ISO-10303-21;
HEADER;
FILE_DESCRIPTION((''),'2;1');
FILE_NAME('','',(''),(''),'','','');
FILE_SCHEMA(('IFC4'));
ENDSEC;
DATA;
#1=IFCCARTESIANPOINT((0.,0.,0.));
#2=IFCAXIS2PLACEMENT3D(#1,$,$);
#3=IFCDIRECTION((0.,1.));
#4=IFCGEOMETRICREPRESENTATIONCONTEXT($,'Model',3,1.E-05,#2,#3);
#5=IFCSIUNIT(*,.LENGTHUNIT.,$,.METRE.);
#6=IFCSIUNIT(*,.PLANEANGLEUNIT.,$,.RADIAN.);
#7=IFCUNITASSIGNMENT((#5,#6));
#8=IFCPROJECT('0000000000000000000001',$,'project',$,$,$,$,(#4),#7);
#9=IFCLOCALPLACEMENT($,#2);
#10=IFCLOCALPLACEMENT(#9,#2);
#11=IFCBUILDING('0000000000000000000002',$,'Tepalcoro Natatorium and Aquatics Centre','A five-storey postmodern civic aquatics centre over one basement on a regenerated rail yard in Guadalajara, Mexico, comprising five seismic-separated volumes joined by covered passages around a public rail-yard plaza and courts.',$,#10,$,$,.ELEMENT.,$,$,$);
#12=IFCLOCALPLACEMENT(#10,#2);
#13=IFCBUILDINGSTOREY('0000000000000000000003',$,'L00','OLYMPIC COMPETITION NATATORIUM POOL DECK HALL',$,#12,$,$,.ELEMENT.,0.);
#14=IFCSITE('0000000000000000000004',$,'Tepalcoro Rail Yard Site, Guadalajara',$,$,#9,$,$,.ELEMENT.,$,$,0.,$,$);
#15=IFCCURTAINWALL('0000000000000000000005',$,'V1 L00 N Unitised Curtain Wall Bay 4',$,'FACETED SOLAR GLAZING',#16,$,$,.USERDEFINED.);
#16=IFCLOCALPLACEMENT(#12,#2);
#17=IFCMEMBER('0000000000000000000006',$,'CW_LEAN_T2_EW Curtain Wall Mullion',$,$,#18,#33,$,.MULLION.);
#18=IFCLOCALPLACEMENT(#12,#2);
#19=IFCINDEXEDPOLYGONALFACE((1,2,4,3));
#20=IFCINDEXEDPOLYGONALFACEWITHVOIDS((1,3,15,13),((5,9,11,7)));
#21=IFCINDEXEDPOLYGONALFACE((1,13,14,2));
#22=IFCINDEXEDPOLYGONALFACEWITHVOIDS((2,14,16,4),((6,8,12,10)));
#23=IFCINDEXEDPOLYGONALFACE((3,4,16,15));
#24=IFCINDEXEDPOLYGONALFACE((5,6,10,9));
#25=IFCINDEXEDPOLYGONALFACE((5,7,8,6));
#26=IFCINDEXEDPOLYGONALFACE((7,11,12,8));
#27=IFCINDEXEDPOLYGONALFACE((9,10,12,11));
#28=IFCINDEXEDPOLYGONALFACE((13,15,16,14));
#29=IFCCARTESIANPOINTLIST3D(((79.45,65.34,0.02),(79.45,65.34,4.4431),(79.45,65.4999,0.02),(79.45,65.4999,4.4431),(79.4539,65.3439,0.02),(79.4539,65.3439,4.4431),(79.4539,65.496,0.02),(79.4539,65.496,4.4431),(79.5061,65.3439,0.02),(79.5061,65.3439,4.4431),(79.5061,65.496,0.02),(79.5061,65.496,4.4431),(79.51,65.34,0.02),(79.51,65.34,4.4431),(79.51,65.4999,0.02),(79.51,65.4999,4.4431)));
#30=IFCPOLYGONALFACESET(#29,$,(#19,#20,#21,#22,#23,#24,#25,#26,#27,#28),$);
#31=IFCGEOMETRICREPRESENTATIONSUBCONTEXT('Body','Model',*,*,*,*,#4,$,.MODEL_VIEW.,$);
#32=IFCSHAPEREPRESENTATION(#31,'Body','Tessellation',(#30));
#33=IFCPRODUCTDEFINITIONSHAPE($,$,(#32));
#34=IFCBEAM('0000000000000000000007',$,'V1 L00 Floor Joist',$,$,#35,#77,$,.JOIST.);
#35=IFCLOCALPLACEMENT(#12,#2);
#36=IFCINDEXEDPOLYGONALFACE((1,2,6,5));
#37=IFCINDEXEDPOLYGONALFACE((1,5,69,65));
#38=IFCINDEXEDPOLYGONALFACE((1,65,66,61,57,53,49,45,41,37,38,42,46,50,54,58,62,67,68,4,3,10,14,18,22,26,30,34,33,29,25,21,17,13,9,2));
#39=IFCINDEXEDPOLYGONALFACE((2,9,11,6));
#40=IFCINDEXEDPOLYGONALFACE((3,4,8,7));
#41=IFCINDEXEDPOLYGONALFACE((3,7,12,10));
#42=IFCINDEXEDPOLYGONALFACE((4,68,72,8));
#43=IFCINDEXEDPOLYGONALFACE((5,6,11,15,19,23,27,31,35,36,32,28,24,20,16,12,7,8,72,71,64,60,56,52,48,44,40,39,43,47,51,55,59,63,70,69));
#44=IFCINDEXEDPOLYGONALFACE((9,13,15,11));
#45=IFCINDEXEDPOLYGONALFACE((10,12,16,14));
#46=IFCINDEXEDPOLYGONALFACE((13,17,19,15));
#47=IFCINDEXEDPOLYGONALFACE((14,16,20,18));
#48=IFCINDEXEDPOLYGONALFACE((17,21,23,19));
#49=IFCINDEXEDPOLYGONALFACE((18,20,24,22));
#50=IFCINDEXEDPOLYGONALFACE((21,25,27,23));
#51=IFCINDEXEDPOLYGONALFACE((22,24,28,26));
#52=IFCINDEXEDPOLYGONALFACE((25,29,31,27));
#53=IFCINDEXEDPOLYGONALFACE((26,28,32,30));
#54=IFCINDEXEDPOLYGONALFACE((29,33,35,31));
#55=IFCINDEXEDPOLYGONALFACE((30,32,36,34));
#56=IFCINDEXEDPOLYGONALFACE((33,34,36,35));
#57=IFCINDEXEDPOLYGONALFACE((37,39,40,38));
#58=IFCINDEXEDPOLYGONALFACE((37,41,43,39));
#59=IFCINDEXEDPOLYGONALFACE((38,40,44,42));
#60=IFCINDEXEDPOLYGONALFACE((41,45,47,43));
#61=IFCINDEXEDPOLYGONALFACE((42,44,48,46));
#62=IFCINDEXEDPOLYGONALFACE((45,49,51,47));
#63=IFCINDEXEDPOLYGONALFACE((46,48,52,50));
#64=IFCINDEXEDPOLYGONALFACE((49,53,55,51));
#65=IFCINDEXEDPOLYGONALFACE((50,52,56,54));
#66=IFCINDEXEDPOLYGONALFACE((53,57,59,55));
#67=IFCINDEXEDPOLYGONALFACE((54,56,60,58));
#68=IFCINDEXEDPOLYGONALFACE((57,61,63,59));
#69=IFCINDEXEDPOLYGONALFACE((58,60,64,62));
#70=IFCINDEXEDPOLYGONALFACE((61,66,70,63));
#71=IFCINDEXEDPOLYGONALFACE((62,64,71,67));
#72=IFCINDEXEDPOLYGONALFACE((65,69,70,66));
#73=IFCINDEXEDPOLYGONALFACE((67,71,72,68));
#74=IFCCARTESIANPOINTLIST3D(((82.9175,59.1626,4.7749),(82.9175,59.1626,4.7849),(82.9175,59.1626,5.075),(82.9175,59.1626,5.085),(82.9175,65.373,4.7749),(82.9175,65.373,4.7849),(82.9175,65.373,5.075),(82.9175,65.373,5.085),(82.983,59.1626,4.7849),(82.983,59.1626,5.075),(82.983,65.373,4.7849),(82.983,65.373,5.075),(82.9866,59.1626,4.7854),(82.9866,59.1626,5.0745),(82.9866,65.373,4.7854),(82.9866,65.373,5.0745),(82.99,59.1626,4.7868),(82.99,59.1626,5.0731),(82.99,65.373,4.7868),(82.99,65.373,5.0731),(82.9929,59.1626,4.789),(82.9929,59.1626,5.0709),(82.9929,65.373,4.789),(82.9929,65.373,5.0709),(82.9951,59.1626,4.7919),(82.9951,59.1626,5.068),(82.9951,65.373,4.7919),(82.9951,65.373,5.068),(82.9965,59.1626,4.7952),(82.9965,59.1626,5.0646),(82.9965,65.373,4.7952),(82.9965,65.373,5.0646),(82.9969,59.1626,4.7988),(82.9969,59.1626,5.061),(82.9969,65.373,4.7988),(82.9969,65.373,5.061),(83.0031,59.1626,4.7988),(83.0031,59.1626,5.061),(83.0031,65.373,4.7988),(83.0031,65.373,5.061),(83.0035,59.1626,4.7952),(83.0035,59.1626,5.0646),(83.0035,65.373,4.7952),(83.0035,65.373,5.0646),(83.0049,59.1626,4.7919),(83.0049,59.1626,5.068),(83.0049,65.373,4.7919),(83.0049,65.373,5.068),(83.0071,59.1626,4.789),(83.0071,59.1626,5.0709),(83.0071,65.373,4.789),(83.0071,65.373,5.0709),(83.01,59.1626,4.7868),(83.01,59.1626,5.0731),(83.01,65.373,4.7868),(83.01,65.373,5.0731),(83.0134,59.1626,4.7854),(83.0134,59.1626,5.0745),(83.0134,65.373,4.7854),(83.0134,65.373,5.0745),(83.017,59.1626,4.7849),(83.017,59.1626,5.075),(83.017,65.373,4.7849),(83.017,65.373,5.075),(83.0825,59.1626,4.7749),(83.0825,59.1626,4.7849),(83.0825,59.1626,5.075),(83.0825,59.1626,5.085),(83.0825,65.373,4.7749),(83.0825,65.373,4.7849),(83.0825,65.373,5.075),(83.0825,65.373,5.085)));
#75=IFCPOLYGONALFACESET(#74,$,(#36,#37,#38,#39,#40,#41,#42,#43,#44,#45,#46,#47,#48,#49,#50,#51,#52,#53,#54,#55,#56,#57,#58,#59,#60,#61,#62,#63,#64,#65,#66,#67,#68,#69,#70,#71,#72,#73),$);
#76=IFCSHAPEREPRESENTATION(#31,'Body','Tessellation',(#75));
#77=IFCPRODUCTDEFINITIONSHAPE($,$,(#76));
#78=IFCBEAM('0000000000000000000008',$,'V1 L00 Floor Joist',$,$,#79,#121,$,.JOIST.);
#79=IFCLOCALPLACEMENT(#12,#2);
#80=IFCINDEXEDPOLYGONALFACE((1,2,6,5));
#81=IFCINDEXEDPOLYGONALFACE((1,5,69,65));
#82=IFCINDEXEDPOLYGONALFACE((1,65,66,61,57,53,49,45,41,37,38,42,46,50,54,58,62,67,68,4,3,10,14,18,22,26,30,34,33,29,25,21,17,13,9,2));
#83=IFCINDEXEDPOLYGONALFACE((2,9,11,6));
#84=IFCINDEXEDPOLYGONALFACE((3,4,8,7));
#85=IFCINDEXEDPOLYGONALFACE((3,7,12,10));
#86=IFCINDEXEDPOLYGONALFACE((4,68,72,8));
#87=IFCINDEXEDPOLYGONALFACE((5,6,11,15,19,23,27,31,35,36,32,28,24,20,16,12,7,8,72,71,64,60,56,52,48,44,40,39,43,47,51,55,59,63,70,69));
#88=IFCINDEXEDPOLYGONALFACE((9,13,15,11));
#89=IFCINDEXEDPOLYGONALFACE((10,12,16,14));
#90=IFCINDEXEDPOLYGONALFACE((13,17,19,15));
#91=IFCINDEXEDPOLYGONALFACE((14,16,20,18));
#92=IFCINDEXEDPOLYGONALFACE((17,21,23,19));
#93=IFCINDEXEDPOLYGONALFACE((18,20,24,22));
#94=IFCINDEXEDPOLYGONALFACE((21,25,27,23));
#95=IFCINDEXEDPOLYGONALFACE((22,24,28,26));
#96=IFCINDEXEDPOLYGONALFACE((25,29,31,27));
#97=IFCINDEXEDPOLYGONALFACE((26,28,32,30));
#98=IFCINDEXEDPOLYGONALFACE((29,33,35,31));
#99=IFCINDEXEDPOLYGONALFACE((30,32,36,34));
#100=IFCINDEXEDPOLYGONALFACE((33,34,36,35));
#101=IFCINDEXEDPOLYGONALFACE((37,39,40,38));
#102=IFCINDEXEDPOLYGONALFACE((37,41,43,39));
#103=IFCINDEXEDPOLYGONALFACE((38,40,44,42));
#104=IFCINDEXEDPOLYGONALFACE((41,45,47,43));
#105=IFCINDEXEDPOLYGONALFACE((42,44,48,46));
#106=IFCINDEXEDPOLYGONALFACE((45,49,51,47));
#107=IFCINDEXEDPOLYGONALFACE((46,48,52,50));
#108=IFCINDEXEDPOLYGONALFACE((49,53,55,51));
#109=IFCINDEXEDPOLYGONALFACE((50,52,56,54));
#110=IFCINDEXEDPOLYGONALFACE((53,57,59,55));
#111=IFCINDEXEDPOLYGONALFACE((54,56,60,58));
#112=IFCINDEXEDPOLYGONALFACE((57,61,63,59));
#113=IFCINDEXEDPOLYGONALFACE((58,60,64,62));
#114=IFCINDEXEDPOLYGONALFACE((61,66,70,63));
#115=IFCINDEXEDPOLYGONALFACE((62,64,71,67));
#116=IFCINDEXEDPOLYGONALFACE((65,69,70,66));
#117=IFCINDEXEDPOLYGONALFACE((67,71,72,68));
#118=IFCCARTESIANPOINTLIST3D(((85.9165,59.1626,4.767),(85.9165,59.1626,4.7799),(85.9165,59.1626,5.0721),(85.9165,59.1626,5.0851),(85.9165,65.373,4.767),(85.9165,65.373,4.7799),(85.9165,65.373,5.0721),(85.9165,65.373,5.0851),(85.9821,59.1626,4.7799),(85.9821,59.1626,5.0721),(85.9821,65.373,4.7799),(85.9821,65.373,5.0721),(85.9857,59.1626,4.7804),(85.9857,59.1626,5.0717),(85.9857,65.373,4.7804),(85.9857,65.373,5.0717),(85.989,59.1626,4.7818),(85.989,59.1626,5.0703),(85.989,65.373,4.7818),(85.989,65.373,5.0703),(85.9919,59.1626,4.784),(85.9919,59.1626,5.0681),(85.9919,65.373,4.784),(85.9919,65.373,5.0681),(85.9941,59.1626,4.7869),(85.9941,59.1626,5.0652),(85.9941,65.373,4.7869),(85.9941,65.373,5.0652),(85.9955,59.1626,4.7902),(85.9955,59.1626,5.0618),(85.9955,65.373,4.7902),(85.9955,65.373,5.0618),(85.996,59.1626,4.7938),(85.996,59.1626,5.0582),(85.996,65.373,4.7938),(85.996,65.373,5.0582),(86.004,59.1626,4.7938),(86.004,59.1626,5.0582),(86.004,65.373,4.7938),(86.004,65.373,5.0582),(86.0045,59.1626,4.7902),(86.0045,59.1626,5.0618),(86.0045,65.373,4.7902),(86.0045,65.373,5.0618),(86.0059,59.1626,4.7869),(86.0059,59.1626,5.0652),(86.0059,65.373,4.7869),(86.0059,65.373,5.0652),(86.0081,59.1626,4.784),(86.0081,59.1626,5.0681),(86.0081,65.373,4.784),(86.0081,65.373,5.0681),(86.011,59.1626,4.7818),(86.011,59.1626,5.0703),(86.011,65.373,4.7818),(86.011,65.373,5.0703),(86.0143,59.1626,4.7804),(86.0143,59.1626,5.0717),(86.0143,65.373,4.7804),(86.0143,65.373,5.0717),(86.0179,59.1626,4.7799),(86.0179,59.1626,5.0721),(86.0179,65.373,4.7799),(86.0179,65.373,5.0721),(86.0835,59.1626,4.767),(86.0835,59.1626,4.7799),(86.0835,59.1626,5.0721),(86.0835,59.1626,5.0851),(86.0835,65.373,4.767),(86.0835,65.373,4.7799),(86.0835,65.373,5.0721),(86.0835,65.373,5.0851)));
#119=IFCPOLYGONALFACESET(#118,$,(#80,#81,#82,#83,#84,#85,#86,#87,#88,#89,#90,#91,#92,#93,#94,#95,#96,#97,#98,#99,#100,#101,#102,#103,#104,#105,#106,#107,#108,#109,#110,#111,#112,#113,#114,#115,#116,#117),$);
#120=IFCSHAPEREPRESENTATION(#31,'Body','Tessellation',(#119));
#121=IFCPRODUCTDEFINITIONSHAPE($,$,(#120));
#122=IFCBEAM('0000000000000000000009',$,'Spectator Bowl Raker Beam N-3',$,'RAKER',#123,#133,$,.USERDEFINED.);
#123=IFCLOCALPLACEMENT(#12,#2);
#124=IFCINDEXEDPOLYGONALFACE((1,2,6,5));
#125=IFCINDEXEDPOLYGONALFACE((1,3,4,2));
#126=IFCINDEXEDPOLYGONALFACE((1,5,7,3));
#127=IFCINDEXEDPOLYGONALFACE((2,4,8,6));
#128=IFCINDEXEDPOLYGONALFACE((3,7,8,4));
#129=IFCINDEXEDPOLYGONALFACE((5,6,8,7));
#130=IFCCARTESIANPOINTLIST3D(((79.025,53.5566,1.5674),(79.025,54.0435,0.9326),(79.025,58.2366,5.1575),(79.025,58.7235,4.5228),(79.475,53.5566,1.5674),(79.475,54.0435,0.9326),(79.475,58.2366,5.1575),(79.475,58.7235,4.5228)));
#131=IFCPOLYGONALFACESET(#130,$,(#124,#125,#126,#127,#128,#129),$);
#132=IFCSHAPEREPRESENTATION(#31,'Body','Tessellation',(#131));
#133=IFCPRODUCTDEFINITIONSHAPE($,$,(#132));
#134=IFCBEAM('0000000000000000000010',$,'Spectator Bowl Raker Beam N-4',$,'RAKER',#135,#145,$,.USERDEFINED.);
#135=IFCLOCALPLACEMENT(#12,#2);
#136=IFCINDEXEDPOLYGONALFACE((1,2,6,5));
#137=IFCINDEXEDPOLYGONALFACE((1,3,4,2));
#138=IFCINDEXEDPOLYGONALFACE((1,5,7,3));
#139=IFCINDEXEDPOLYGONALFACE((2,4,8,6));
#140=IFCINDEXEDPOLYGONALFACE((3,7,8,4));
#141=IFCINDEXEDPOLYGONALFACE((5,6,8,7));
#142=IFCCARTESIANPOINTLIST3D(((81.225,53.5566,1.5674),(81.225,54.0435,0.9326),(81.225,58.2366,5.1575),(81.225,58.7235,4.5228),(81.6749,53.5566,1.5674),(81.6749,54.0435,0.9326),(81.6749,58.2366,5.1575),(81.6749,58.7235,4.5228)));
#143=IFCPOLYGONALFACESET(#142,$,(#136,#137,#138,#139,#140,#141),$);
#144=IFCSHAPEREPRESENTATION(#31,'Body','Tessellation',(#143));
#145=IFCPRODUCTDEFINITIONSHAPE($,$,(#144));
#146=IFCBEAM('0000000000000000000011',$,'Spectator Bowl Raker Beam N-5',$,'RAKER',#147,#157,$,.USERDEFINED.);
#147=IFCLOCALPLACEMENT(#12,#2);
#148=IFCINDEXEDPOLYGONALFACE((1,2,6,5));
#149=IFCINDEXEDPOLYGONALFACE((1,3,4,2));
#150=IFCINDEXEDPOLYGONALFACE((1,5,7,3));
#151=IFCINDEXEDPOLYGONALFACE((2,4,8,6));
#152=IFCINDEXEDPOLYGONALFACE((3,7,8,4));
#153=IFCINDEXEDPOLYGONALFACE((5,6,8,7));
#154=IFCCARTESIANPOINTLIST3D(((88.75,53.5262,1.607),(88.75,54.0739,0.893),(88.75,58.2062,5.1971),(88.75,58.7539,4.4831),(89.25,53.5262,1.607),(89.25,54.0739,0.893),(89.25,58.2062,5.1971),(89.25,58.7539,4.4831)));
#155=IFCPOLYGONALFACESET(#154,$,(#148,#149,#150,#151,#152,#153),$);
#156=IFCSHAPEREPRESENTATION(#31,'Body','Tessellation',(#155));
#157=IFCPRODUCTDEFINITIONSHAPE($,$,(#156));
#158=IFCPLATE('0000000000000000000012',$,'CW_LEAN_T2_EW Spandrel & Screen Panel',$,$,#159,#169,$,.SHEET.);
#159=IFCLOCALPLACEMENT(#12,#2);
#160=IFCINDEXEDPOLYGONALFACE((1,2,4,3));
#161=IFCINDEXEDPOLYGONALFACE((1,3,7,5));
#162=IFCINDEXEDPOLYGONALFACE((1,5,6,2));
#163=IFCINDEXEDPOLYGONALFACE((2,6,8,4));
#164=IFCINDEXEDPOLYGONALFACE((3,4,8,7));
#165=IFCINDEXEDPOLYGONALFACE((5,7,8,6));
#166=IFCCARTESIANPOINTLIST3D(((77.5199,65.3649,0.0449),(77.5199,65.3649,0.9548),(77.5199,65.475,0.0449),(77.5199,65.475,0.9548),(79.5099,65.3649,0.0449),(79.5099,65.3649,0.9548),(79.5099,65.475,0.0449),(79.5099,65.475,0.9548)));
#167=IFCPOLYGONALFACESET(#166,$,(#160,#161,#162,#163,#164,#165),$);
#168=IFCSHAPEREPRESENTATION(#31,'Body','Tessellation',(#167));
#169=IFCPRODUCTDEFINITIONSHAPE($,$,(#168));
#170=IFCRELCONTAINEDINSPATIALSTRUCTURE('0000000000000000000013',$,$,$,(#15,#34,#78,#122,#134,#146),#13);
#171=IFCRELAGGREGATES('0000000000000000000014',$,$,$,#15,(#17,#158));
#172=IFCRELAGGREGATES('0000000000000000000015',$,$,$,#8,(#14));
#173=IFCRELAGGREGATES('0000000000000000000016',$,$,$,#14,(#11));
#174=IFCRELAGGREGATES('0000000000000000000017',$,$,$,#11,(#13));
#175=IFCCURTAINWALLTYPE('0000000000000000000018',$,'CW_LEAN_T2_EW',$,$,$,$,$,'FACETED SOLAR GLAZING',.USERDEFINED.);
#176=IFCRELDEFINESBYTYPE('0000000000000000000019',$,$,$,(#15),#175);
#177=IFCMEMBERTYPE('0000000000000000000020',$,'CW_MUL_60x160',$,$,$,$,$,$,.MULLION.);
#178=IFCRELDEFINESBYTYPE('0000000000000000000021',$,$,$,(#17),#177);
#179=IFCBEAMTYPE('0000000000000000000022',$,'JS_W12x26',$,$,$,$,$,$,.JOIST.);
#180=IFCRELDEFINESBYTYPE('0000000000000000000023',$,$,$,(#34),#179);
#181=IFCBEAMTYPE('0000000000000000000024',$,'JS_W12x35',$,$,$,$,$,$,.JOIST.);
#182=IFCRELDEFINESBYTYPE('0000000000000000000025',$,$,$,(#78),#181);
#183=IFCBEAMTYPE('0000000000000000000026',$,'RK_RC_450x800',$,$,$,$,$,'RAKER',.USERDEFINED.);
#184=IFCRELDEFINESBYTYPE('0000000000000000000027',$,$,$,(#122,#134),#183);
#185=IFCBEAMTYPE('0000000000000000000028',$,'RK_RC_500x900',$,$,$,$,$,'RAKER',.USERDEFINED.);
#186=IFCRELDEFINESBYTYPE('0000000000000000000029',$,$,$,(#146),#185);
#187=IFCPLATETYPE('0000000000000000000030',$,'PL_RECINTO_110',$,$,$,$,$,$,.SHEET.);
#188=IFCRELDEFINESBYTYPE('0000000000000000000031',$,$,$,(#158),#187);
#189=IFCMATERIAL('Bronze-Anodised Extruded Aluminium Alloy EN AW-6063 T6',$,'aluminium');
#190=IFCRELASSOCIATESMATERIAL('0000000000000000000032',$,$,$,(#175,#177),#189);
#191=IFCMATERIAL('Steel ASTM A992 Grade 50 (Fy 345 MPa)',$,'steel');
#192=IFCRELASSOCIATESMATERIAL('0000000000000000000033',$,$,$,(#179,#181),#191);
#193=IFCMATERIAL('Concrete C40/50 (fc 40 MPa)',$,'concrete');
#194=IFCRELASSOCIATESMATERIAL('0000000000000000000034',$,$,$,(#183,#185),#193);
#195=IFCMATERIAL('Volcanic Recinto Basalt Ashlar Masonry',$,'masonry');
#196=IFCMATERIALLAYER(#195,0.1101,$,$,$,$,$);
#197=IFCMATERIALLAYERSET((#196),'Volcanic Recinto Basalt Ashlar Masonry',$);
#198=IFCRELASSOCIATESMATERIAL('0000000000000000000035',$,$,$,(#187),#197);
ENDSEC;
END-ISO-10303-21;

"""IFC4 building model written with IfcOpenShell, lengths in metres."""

from ifc_helpers import new_model, si_unit, direction, frame, origin, origin_2d, place, context, subcontext, project, spatial, rectangle, hollow_rectangle, i_section, extrude, material, layer, layer_set, material_profile, profile_set, type_object, element, aggregate, save


model = new_model("IFC4")

# Units and contexts
model_context = context("Model", 3, precision=1e-05, world=origin(), true_north=direction((0.0, 1.0)))
body_context = subcontext(model_context, "Body", "Model", "MODEL_VIEW")
ifc_project = project(units=[si_unit("LENGTHUNIT", "METRE"), si_unit("PLANEANGLEUNIT", "RADIAN")], contexts=[model_context])

# Site, building, storey
site_placement = place(None, origin())
site = spatial("IfcSite", under=ifc_project, at=site_placement, Name="Tepalcoro Rail Yard Site, Guadalajara", CompositionType="ELEMENT", RefElevation=0.0)
building_placement = place(site_placement, origin())
building = spatial("IfcBuilding", under=site, at=building_placement, Name="Tepalcoro Natatorium and Aquatics Centre", Description="A five-storey postmodern civic aquatics centre over one basement on a regenerated rail yard in Guadalajara, Mexico, comprising five seismic-separated volumes joined by covered passages around a public rail-yard plaza and courts.", CompositionType="ELEMENT")
storey_placement = place(building_placement, origin())
storey = spatial("IfcBuildingStorey", under=building, at=storey_placement, Name="L00", Description="OLYMPIC COMPETITION NATATORIUM POOL DECK HALL", CompositionType="ELEMENT", Elevation=0.0)

# Shared definitions
ifc_material_1 = material(Name="Concrete C40/50 (fc 40 MPa)", Category="concrete")

# Shared definitions
ifc_material_2 = material(Name="Steel ASTM A992 Grade 50 (Fy 345 MPa)", Category="steel")

# Curtain wall, member
ifc_material_3 = material(Name="Bronze-Anodised Extruded Aluminium Alloy EN AW-6063 T6", Category="aluminium")
curtain_wall_type = type_object("IfcCurtainWallType", Name="CW_LEAN_T2_EW", ElementType="FACETED SOLAR GLAZING", PredefinedType="USERDEFINED", material=ifc_material_3)
curtain_wall_placement = place(storey_placement, origin())
curtain_wall = element("IfcCurtainWall", 1, at=curtain_wall_placement, inside=storey, type_object=curtain_wall_type, Name="V1 L00 N Unitised Curtain Wall Bay 4", ObjectType="FACETED SOLAR GLAZING", PredefinedType="USERDEFINED")
ifc_material_profile_1 = material_profile(ifc_material_3, hollow_rectangle(XDim=0.0601, YDim=0.1599, WallThickness=0.0039, at=origin_2d()), Name="AL60X160X4")
ifc_profile_set_1 = profile_set([ifc_material_profile_1], Name="Bronze-Anodised Extruded Aluminium Alloy EN AW-6063 T6")
member_type = type_object("IfcMemberType", Name="CW_MUL_60x160", PredefinedType="MULLION", material=ifc_profile_set_1)
member_placement = place(storey_placement, frame((79.48, 65.4199, 0.02), z_axis=(0.0, 0.0, 1.0), x_axis=(1.0, 0.0, 0.0)))
member = element("IfcMember", 2, at=member_placement, type_object=member_type, Name="CW_LEAN_T2_EW Curtain Wall Mullion", PredefinedType="MULLION", context=body_context, shape_type="SweptSolid", body=[
    extrude(hollow_rectangle(XDim=0.0601, YDim=0.1599, WallThickness=0.0039, at=origin_2d()), origin(), (0.0, 0.0, 1.0), 4.4231),
])

# Beams
ifc_material_profile_2 = material_profile(ifc_material_2, i_section(OverallWidth=0.165, OverallDepth=0.3101, WebThickness=0.0061, FlangeThickness=0.01, FilletRadius=0.0139, at=origin_2d()), Name="W12X26")
ifc_profile_set_2 = profile_set([ifc_material_profile_2], Name="Steel ASTM A992 Grade 50 (Fy 345 MPa)")
beam_type_1 = type_object("IfcBeamType", Name="JS_W12x26", PredefinedType="JOIST", material=ifc_profile_set_2)
beam_1_placement = place(storey_placement, frame((83.0, 59.1626, 4.9299), z_axis=(0.0, 1.0, 0.0), x_axis=(-1.0, 0.0, 0.0)))
element("IfcBeam", 3, at=beam_1_placement, inside=storey, type_object=beam_type_1, Name="V1 L00 Floor Joist", PredefinedType="JOIST", context=body_context, shape_type="SweptSolid", body=[
    extrude(i_section(OverallWidth=0.165, OverallDepth=0.3101, WebThickness=0.0061, FlangeThickness=0.01, FilletRadius=0.0139, at=origin_2d()), origin(), (0.0, 0.0, 1.0), 6.2104),
])
ifc_material_profile_3 = material_profile(ifc_material_2, i_section(OverallWidth=0.167, OverallDepth=0.3181, WebThickness=0.0081, FlangeThickness=0.0129, FilletRadius=0.0139, at=origin_2d()), Name="W12X35")
ifc_profile_set_3 = profile_set([ifc_material_profile_3], Name="Steel ASTM A992 Grade 50 (Fy 345 MPa)")
beam_type_2 = type_object("IfcBeamType", Name="JS_W12x35", PredefinedType="JOIST", material=ifc_profile_set_3)
beam_2_placement = place(storey_placement, frame((86.0, 59.1626, 4.926), z_axis=(0.0, 1.0, 0.0), x_axis=(-1.0, 0.0, 0.0)))
element("IfcBeam", 4, at=beam_2_placement, inside=storey, type_object=beam_type_2, Name="V1 L00 Floor Joist", PredefinedType="JOIST", context=body_context, shape_type="SweptSolid", body=[
    extrude(i_section(OverallWidth=0.167, OverallDepth=0.3181, WebThickness=0.0081, FlangeThickness=0.0129, FilletRadius=0.0139, at=origin_2d()), origin(), (0.0, 0.0, 1.0), 6.2104),
])
ifc_material_profile_4 = material_profile(ifc_material_1, rectangle(XDim=0.45, YDim=0.8, at=origin_2d()), Name="RKR450x800")
ifc_profile_set_4 = profile_set([ifc_material_profile_4], Name="Concrete C40/50 (fc 40 MPa)")
beam_type_3 = type_object("IfcBeamType", Name="RK_RC_450x800", ElementType="RAKER", PredefinedType="USERDEFINED", material=ifc_profile_set_4)
for number, where, z_axis, x_axis, name in (
    (5, (79.25, 53.8, 1.25), (0.0, 0.793431, 0.60866), (-1.0, 0.0, 0.0), "Spectator Bowl Raker Beam N-3"),
    (6, (81.45, 53.8, 1.25), (0.0, 0.793431, 0.60866), (-1.0, 0.0, 0.0), "Spectator Bowl Raker Beam N-4"),
):
    element("IfcBeam", number, at=place(storey_placement, frame(where, z_axis=z_axis, x_axis=x_axis)), inside=storey, type_object=beam_type_3, Name=name, ObjectType="RAKER", PredefinedType="USERDEFINED", context=body_context, shape_type="SweptSolid", body=[
        extrude(rectangle(XDim=0.45, YDim=0.8, at=origin_2d()), origin(), (0.0, 0.0, 1.0), 5.8984),
    ])
ifc_material_profile_5 = material_profile(ifc_material_1, rectangle(XDim=0.5, YDim=0.8999, at=origin_2d()), Name="RKR500x900")
ifc_profile_set_5 = profile_set([ifc_material_profile_5], Name="Concrete C40/50 (fc 40 MPa)")
beam_type_4 = type_object("IfcBeamType", Name="RK_RC_500x900", ElementType="RAKER", PredefinedType="USERDEFINED", material=ifc_profile_set_5)
beam_3_placement = place(storey_placement, frame((89.0, 53.8, 1.25), z_axis=(0.0, 0.793431, 0.60866), x_axis=(-1.0, 0.0, 0.0)))
element("IfcBeam", 7, at=beam_3_placement, inside=storey, type_object=beam_type_4, Name="Spectator Bowl Raker Beam N-5", ObjectType="RAKER", PredefinedType="USERDEFINED", context=body_context, shape_type="SweptSolid", body=[
    extrude(rectangle(XDim=0.5, YDim=0.8999, at=origin_2d()), origin(), (0.0, 0.0, 1.0), 5.8984),
])

# Plate
ifc_material_4 = material(Name="Volcanic Recinto Basalt Ashlar Masonry", Category="masonry")
ifc_layer_1 = layer(ifc_material_4, 0.1101)
ifc_layer_set_1 = layer_set([ifc_layer_1], Name="Volcanic Recinto Basalt Ashlar Masonry")
plate_type = type_object("IfcPlateType", Name="PL_RECINTO_110", PredefinedType="SHEET", material=ifc_layer_set_1)
plate_placement = place(storey_placement, frame((78.5149, 65.4199, 0.0449), z_axis=(0.0, 0.0, 1.0), x_axis=(1.0, 0.0, 0.0)))
plate = element("IfcPlate", 8, at=plate_placement, type_object=plate_type, Name="CW_LEAN_T2_EW Spandrel & Screen Panel", PredefinedType="SHEET", context=body_context, shape_type="SweptSolid", body=[
    extrude(rectangle(XDim=1.99, YDim=0.1101, at=origin_2d()), origin(), (0.0, 0.0, 1.0), 0.9099),
])
aggregate(curtain_wall, [member, plate])

save(model, "model.ifc")
